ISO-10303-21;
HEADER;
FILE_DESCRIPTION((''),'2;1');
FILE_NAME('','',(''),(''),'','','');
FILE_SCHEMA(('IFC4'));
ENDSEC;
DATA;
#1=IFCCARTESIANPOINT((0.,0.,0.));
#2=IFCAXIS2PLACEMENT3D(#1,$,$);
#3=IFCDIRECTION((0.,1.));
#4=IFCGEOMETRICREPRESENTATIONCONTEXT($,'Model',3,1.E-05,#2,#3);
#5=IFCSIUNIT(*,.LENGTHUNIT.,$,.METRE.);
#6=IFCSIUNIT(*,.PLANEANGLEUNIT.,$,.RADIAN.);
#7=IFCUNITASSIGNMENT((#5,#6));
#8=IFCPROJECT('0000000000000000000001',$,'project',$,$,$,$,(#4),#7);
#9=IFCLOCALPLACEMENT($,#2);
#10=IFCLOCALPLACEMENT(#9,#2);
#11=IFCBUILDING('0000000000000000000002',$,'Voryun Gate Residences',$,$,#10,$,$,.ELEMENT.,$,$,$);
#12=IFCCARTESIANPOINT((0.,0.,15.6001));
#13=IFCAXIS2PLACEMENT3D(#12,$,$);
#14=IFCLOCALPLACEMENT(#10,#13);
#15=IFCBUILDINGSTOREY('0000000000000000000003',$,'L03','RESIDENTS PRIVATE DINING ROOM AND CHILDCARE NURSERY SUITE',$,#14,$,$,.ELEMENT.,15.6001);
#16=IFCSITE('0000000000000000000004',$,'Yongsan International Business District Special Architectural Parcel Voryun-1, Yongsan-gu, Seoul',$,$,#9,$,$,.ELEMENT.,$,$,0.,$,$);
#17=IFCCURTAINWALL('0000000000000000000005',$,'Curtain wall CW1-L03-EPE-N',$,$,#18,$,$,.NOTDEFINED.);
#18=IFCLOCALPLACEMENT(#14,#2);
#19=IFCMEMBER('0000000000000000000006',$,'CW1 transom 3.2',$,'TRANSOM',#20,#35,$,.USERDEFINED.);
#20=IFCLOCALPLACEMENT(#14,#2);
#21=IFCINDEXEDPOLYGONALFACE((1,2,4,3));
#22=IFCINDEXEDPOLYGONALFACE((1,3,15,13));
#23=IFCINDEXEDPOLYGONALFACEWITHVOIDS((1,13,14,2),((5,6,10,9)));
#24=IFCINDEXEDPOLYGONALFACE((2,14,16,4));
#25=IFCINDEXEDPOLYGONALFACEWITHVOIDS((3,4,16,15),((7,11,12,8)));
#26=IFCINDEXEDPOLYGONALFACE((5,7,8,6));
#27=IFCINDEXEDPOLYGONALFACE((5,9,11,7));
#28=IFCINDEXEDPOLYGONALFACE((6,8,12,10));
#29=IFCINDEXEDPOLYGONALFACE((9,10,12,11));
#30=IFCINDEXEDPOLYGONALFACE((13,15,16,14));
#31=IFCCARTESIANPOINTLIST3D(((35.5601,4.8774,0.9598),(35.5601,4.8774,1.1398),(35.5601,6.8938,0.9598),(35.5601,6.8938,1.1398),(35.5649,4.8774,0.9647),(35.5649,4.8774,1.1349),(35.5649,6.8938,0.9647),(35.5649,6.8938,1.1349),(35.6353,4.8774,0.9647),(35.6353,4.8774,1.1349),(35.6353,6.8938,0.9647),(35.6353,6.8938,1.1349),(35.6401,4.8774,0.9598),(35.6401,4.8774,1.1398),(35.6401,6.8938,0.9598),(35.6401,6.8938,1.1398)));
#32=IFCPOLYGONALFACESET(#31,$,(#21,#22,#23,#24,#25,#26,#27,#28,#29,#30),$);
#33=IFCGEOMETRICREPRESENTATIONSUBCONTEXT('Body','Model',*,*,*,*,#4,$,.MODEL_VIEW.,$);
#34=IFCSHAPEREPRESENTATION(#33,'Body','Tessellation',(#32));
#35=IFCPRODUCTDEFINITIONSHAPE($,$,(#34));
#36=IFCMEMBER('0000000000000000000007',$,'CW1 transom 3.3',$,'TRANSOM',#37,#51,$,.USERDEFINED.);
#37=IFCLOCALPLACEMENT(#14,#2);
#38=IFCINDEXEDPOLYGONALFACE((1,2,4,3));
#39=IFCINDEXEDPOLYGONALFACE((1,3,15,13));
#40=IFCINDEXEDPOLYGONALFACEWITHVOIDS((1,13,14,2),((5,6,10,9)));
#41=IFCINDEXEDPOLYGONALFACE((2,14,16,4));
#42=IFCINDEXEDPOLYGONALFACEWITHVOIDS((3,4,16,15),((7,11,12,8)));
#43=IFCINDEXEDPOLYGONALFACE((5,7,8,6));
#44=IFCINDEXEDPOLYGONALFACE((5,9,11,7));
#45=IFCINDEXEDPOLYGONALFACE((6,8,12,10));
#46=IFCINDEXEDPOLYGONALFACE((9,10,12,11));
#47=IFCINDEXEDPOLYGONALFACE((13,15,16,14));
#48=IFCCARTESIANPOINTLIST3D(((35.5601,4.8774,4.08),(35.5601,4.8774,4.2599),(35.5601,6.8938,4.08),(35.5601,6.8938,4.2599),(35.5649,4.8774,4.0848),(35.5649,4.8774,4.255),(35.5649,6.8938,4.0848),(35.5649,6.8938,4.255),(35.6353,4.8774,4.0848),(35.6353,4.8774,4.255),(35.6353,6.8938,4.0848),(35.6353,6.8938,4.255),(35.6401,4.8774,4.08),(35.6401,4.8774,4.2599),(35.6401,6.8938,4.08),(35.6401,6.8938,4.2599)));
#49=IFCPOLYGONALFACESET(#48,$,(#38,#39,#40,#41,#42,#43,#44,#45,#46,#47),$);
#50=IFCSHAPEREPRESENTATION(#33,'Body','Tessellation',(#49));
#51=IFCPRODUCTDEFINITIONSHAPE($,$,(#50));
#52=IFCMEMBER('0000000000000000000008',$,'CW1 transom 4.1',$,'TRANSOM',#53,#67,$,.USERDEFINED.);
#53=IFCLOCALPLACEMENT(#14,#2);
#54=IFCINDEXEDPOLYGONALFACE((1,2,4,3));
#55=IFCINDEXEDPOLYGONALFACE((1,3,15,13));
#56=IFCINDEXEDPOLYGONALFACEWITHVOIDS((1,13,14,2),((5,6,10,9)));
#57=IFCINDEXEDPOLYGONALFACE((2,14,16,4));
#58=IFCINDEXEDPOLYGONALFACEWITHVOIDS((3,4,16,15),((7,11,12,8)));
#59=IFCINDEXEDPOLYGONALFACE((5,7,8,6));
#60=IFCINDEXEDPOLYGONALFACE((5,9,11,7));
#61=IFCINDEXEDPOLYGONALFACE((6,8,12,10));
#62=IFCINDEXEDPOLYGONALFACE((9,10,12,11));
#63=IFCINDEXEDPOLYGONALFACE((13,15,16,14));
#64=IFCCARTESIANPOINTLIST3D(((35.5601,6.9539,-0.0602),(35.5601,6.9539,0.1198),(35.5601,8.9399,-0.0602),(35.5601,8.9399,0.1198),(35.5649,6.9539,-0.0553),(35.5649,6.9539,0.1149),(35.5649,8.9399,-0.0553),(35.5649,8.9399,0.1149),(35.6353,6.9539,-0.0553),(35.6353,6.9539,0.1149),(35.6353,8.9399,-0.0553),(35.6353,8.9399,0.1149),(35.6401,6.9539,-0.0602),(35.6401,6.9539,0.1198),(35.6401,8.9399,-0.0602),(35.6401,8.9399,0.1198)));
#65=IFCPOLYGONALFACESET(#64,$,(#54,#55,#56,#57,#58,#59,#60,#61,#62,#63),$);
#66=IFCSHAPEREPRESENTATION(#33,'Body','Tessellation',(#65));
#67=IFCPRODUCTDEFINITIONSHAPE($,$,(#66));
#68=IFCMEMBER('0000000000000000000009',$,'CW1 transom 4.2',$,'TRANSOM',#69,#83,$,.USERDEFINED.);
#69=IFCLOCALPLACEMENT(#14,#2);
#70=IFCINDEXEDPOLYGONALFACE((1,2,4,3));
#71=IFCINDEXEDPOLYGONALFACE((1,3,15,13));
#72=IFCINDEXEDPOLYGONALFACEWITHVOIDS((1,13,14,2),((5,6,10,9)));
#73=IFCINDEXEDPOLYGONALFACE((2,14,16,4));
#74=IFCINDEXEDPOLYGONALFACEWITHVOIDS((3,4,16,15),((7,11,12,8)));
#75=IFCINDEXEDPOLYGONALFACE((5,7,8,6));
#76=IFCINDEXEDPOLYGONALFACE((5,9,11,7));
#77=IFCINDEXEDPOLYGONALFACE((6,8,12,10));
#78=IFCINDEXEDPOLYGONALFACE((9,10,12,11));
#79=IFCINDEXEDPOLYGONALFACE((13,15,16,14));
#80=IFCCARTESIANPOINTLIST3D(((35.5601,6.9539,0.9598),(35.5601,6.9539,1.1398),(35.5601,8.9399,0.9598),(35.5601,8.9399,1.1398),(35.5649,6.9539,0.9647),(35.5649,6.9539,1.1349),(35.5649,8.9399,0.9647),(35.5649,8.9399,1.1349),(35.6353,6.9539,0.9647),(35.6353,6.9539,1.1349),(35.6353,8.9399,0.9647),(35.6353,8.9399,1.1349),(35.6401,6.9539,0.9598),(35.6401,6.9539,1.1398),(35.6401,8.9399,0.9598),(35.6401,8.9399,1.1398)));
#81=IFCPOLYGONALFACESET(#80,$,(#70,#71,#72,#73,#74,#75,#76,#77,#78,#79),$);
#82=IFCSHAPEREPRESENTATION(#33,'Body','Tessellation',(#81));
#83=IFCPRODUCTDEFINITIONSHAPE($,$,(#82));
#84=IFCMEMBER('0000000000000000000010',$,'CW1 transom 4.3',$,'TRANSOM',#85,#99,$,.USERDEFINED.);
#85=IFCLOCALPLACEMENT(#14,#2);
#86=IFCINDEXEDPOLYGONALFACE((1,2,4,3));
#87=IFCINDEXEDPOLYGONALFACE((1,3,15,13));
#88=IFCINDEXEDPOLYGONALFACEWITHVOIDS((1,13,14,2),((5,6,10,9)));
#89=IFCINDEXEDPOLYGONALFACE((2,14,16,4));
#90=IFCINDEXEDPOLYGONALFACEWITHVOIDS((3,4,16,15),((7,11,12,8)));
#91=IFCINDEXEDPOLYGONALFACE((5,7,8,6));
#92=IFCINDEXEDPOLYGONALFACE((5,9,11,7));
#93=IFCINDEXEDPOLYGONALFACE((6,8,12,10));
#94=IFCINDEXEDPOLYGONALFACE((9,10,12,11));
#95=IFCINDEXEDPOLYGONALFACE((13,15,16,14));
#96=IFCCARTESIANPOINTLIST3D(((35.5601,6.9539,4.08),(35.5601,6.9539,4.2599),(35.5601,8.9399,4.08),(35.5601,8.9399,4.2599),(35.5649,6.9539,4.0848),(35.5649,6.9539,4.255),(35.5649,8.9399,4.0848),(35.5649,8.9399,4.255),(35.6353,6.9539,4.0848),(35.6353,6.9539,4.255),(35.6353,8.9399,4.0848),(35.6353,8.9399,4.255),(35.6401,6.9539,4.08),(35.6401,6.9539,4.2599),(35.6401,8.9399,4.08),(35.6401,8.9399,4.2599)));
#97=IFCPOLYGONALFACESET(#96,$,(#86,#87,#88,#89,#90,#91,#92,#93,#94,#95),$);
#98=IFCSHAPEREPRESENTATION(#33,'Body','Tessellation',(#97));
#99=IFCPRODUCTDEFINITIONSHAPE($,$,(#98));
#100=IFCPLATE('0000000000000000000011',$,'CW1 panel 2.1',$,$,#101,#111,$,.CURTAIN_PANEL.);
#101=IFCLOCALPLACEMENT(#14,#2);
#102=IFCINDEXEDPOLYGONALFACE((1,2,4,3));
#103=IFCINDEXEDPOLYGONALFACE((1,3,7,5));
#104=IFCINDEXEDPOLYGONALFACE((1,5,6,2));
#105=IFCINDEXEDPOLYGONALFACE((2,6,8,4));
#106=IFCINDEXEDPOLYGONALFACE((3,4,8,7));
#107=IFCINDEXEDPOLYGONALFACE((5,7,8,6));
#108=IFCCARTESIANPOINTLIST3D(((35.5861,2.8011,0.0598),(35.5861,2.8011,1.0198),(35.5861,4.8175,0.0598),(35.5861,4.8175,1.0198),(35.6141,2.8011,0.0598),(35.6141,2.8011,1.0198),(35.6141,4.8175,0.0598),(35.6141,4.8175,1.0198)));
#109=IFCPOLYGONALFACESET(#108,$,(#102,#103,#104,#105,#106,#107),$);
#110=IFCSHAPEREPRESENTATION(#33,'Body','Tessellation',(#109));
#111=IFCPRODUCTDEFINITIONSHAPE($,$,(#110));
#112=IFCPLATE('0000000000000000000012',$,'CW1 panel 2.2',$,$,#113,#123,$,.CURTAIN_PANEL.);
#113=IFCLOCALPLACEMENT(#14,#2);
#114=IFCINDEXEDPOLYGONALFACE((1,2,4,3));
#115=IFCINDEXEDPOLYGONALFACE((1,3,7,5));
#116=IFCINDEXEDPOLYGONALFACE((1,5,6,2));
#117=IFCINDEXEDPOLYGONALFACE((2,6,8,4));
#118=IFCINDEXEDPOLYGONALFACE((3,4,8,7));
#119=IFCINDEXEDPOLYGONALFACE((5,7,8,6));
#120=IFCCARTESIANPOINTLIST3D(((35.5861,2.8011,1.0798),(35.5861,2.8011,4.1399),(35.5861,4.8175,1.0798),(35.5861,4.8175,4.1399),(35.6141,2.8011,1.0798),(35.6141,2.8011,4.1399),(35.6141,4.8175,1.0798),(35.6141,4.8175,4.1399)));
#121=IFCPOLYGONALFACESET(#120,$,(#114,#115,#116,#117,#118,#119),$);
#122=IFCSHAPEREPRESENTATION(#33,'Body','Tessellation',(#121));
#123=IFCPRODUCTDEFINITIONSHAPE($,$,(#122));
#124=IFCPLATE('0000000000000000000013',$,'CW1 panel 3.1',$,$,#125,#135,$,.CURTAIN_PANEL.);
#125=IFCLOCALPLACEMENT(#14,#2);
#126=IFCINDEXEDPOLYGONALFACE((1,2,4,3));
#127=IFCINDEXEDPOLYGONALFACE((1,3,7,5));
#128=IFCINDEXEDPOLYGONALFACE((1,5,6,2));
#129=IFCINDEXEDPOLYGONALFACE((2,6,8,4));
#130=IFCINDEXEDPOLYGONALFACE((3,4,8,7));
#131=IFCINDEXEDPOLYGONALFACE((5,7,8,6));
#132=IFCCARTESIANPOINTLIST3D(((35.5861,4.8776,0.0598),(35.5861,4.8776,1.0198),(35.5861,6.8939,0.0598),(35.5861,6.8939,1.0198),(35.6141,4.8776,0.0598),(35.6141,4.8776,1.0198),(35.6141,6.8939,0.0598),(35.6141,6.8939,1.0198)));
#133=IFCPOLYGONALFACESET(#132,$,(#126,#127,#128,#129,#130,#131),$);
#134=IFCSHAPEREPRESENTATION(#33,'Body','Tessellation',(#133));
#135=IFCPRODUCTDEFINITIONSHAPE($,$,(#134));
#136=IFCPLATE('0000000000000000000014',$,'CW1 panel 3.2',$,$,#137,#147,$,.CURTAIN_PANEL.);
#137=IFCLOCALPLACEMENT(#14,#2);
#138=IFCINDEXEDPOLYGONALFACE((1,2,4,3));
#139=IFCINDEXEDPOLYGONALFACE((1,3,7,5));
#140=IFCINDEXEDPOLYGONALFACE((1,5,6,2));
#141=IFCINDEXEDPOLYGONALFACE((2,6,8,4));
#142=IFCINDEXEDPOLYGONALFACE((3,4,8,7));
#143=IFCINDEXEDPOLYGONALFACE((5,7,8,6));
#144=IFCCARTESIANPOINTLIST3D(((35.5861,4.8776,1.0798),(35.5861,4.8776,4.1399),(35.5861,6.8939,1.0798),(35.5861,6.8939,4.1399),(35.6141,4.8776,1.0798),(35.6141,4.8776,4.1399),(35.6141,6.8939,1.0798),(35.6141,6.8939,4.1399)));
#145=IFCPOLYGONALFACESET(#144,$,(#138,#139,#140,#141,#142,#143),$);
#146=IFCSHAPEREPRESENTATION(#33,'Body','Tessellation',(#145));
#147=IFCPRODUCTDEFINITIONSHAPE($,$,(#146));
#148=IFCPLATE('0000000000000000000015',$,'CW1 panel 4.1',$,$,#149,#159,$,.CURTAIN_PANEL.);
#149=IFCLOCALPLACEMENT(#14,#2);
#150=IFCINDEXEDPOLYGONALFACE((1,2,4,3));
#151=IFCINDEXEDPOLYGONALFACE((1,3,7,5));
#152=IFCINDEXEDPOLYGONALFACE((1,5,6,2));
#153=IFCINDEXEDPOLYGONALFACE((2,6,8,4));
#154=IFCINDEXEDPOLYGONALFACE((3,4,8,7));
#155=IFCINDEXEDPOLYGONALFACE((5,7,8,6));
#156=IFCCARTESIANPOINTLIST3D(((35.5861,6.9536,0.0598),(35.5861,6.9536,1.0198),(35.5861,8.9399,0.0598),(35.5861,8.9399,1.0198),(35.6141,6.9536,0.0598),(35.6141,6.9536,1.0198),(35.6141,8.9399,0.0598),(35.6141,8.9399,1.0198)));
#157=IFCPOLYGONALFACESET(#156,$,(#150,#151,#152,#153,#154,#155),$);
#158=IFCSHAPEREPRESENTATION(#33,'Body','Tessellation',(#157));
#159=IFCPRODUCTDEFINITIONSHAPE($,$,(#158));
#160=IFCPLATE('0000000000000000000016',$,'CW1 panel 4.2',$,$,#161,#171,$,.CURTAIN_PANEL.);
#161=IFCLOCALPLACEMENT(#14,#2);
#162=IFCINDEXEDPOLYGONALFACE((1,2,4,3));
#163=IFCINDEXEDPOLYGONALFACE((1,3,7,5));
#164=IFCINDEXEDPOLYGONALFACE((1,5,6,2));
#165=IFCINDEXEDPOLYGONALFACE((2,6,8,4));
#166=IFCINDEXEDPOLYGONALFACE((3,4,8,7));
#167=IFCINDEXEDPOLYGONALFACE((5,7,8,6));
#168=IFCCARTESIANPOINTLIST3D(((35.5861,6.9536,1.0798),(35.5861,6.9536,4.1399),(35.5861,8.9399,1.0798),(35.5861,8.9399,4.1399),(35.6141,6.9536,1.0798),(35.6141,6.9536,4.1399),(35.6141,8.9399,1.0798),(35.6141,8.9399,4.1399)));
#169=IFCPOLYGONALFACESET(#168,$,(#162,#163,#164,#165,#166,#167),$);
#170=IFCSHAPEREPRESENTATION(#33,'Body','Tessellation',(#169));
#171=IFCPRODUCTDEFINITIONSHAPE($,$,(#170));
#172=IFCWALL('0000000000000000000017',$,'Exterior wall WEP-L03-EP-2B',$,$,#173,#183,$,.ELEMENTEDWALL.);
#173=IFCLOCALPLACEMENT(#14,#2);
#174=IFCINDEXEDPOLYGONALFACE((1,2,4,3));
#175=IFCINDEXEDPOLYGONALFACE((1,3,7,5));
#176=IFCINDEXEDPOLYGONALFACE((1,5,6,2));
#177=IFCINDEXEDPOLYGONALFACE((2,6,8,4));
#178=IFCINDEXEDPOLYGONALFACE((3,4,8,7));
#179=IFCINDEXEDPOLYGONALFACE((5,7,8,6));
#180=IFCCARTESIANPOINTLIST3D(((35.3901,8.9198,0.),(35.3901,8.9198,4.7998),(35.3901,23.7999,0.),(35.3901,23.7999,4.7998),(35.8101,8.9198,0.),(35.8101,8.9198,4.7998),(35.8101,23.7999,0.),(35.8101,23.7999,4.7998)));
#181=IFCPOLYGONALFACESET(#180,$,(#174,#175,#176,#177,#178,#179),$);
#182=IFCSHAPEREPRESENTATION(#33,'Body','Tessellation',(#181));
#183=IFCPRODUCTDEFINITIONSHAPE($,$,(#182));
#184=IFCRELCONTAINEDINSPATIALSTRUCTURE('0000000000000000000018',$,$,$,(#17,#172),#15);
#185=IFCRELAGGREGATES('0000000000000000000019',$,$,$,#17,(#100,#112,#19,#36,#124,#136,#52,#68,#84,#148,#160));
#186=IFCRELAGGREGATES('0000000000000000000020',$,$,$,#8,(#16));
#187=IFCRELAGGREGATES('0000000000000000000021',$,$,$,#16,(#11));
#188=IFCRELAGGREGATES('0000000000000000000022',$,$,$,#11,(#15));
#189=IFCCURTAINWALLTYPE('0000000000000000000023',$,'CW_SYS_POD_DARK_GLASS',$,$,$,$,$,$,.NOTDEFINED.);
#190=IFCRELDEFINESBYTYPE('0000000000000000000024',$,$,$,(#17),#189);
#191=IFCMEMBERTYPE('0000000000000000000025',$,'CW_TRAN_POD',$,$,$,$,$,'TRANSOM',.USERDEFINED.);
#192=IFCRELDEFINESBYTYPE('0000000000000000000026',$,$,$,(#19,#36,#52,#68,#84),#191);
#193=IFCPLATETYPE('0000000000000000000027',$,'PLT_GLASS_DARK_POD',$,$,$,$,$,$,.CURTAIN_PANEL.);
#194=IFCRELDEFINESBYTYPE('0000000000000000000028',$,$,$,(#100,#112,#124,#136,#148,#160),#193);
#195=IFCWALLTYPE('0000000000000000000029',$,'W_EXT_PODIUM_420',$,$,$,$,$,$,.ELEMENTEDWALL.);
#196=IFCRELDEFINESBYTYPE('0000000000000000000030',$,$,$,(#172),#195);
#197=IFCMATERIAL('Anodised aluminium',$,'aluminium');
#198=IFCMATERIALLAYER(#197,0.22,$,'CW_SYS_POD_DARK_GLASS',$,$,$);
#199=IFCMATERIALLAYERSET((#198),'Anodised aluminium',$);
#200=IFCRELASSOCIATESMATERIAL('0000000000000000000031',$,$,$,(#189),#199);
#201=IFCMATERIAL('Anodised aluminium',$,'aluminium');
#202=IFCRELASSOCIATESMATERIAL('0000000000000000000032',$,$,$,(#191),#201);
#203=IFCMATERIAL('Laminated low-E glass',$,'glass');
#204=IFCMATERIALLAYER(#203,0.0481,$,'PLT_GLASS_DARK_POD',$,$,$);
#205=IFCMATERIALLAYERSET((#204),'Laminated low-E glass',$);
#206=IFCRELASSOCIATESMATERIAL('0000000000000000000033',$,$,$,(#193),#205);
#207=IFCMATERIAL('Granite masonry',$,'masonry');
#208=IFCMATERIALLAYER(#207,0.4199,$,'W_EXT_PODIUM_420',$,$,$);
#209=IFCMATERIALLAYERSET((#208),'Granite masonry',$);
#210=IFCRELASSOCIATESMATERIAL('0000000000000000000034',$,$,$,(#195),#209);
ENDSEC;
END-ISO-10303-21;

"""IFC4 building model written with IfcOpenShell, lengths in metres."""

from ifc_helpers import new_model, si_unit, direction, frame, frame_2d, origin, origin_2d, place, context, subcontext, project, spatial, rectangle, hollow_rectangle, extrude, material, layer, layer_set, material_profile, profile_set, type_object, element, aggregate, save


model = new_model("IFC4")

# Units and contexts
model_context = context("Model", 3, precision=1e-05, world=origin(), true_north=direction((0.0, 1.0)))
body_context = subcontext(model_context, "Body", "Model", "MODEL_VIEW")
ifc_project = project(units=[si_unit("LENGTHUNIT", "METRE"), si_unit("PLANEANGLEUNIT", "RADIAN")], contexts=[model_context])

# Site, building, storey
site_placement = place(None, origin())
site = spatial("IfcSite", under=ifc_project, at=site_placement, Name="Yongsan International Business District Special Architectural Parcel Voryun-1, Yongsan-gu, Seoul", CompositionType="ELEMENT", RefElevation=0.0)
building_placement = place(site_placement, origin())
building = spatial("IfcBuilding", under=site, at=building_placement, Name="Voryun Gate Residences", CompositionType="ELEMENT")
storey_placement = place(building_placement, frame((0.0, 0.0, 15.6001)))
storey = spatial("IfcBuildingStorey", under=building, at=storey_placement, Name="L03", Description="RESIDENTS PRIVATE DINING ROOM AND CHILDCARE NURSERY SUITE", CompositionType="ELEMENT", Elevation=15.6001)

# Curtain wall, members, plates
ifc_material_1 = material(Name="Anodised aluminium", Category="aluminium")
ifc_layer_1 = layer(ifc_material_1, 0.22, Name="CW_SYS_POD_DARK_GLASS")
ifc_layer_set_1 = layer_set([ifc_layer_1], Name="Anodised aluminium")
curtain_wall_type = type_object("IfcCurtainWallType", Name="CW_SYS_POD_DARK_GLASS", PredefinedType="NOTDEFINED", material=ifc_layer_set_1)
curtain_wall_placement = place(storey_placement, origin())
curtain_wall = element("IfcCurtainWall", 1, at=curtain_wall_placement, inside=storey, type_object=curtain_wall_type, Name="Curtain wall CW1-L03-EPE-N", PredefinedType="NOTDEFINED")
ifc_material_2 = material(Name="Anodised aluminium", Category="aluminium")
ifc_material_profile_1 = material_profile(ifc_material_2, hollow_rectangle(XDim=0.0801, YDim=0.1799, WallThickness=0.0049, at=origin_2d()), Name="ALU-TRAN-180x80x5")
ifc_profile_set_1 = profile_set([ifc_material_profile_1], Name="Anodised aluminium")
member_type_1 = type_object("IfcMemberType", Name="CW_TRAN_POD", ElementType="TRANSOM", PredefinedType="USERDEFINED", material=ifc_profile_set_1)
member_1_placement = place(storey_placement, frame((35.6001, 4.8774, 1.0498), z_axis=(0.0, 1.0, 0.0), x_axis=(-1.0, 0.0, 0.0)))
member_1 = element("IfcMember", 2, at=member_1_placement, type_object=member_type_1, Name="CW1 transom 3.2", ObjectType="TRANSOM", PredefinedType="USERDEFINED", context=body_context, shape_type="SweptSolid", body=[
    extrude(hollow_rectangle(XDim=0.0801, YDim=0.1799, WallThickness=0.0049, at=origin_2d()), origin(), (0.0, 0.0, 1.0), 2.0164),
])
member_2_placement = place(storey_placement, frame((35.6001, 4.8774, 4.1699), z_axis=(0.0, 1.0, 0.0), x_axis=(-1.0, 0.0, 0.0)))
member_2 = element("IfcMember", 3, at=member_2_placement, type_object=member_type_1, Name="CW1 transom 3.3", ObjectType="TRANSOM", PredefinedType="USERDEFINED", context=body_context, shape_type="SweptSolid", body=[
    extrude(hollow_rectangle(XDim=0.0801, YDim=0.1799, WallThickness=0.0049, at=origin_2d()), origin(), (0.0, 0.0, 1.0), 2.0164),
])
member_3_placement = place(storey_placement, frame((35.6001, 6.9539, 0.0298), z_axis=(0.0, 1.0, 0.0), x_axis=(-1.0, 0.0, 0.0)))
member_3 = element("IfcMember", 4, at=member_3_placement, type_object=member_type_1, Name="CW1 transom 4.1", ObjectType="TRANSOM", PredefinedType="USERDEFINED", context=body_context, shape_type="SweptSolid", body=[
    extrude(hollow_rectangle(XDim=0.0801, YDim=0.1799, WallThickness=0.0049, at=origin_2d()), origin(), (0.0, 0.0, 1.0), 1.9861),
])
member_4_placement = place(storey_placement, frame((35.6001, 6.9539, 1.0498), z_axis=(0.0, 1.0, 0.0), x_axis=(-1.0, 0.0, 0.0)))
member_4 = element("IfcMember", 5, at=member_4_placement, type_object=member_type_1, Name="CW1 transom 4.2", ObjectType="TRANSOM", PredefinedType="USERDEFINED", context=body_context, shape_type="SweptSolid", body=[
    extrude(hollow_rectangle(XDim=0.0801, YDim=0.1799, WallThickness=0.0049, at=origin_2d()), origin(), (0.0, 0.0, 1.0), 1.9861),
])
member_5_placement = place(storey_placement, frame((35.6001, 6.9539, 4.1699), z_axis=(0.0, 1.0, 0.0), x_axis=(-1.0, 0.0, 0.0)))
member_5 = element("IfcMember", 6, at=member_5_placement, type_object=member_type_1, Name="CW1 transom 4.3", ObjectType="TRANSOM", PredefinedType="USERDEFINED", context=body_context, shape_type="SweptSolid", body=[
    extrude(hollow_rectangle(XDim=0.0801, YDim=0.1799, WallThickness=0.0049, at=origin_2d()), origin(), (0.0, 0.0, 1.0), 1.9861),
])
ifc_material_3 = material(Name="Laminated low-E glass", Category="glass")
ifc_layer_2 = layer(ifc_material_3, 0.0481, Name="PLT_GLASS_DARK_POD")
ifc_layer_set_2 = layer_set([ifc_layer_2], Name="Laminated low-E glass")
plate_type = type_object("IfcPlateType", Name="PLT_GLASS_DARK_POD", PredefinedType="CURTAIN_PANEL", material=ifc_layer_set_2)
plate_1_placement = place(storey_placement, frame((35.6001, 3.8093, 0.0598), z_axis=(0.0, 0.0, 1.0), x_axis=(0.0, 1.0, 0.0)))
plate_1 = element("IfcPlate", 7, at=plate_1_placement, type_object=plate_type, Name="CW1 panel 2.1", PredefinedType="CURTAIN_PANEL", context=body_context, shape_type="SweptSolid", body=[
    extrude(rectangle(XDim=2.0164, YDim=0.0281, at=origin_2d()), origin(), (0.0, 0.0, 1.0), 0.96),
])
plate_2_placement = place(storey_placement, frame((35.6001, 3.8093, 1.0798), z_axis=(0.0, 0.0, 1.0), x_axis=(0.0, 1.0, 0.0)))
plate_2 = element("IfcPlate", 8, at=plate_2_placement, type_object=plate_type, Name="CW1 panel 2.2", PredefinedType="CURTAIN_PANEL", context=body_context, shape_type="SweptSolid", body=[
    extrude(rectangle(XDim=2.0164, YDim=0.0281, at=origin_2d()), origin(), (0.0, 0.0, 1.0), 3.0601),
])
plate_3_placement = place(storey_placement, frame((35.6001, 5.8857, 0.0598), z_axis=(0.0, 0.0, 1.0), x_axis=(0.0, 1.0, 0.0)))
plate_3 = element("IfcPlate", 9, at=plate_3_placement, type_object=plate_type, Name="CW1 panel 3.1", PredefinedType="CURTAIN_PANEL", context=body_context, shape_type="SweptSolid", body=[
    extrude(rectangle(XDim=2.0164, YDim=0.0281, at=origin_2d()), origin(), (0.0, 0.0, 1.0), 0.96),
])
plate_4_placement = place(storey_placement, frame((35.6001, 5.8857, 1.0798), z_axis=(0.0, 0.0, 1.0), x_axis=(0.0, 1.0, 0.0)))
plate_4 = element("IfcPlate", 10, at=plate_4_placement, type_object=plate_type, Name="CW1 panel 3.2", PredefinedType="CURTAIN_PANEL", context=body_context, shape_type="SweptSolid", body=[
    extrude(rectangle(XDim=2.0164, YDim=0.0281, at=origin_2d()), origin(), (0.0, 0.0, 1.0), 3.0601),
])
plate_5_placement = place(storey_placement, frame((35.6001, 7.9468, 0.0598), z_axis=(0.0, 0.0, 1.0), x_axis=(0.0, 1.0, 0.0)))
plate_5 = element("IfcPlate", 11, at=plate_5_placement, type_object=plate_type, Name="CW1 panel 4.1", PredefinedType="CURTAIN_PANEL", context=body_context, shape_type="SweptSolid", body=[
    extrude(rectangle(XDim=1.9863, YDim=0.0281, at=origin_2d()), origin(), (0.0, 0.0, 1.0), 0.96),
])
plate_6_placement = place(storey_placement, frame((35.6001, 7.9468, 1.0798), z_axis=(0.0, 0.0, 1.0), x_axis=(0.0, 1.0, 0.0)))
plate_6 = element("IfcPlate", 12, at=plate_6_placement, type_object=plate_type, Name="CW1 panel 4.2", PredefinedType="CURTAIN_PANEL", context=body_context, shape_type="SweptSolid", body=[
    extrude(rectangle(XDim=1.9863, YDim=0.0281, at=origin_2d()), origin(), (0.0, 0.0, 1.0), 3.0601),
])
aggregate(curtain_wall, [plate_1, plate_2, member_1, member_2, plate_3, plate_4, member_3, member_4, member_5, plate_5, plate_6])

# Wall
ifc_material_4 = material(Name="Granite masonry", Category="masonry")
ifc_layer_3 = layer(ifc_material_4, 0.4199, Name="W_EXT_PODIUM_420")
ifc_layer_set_3 = layer_set([ifc_layer_3], Name="Granite masonry")
wall_type_1 = type_object("IfcWallType", Name="W_EXT_PODIUM_420", PredefinedType="ELEMENTEDWALL", material=ifc_layer_set_3)
wall_1_placement = place(storey_placement, frame((35.6001, 8.9199, 0.0), z_axis=(0.0, 0.0, 1.0), x_axis=(0.0, 1.0, 0.0)))
element("IfcWall", 13, at=wall_1_placement, inside=storey, type_object=wall_type_1, Name="Exterior wall WEP-L03-EP-2B", PredefinedType="ELEMENTEDWALL", context=body_context, shape_type="SweptSolid", body=[
    extrude(rectangle(XDim=14.8801, YDim=0.4199, at=frame_2d((7.4399, 0.0))), origin(), (0.0, 0.0, 1.0), 4.7998),
])

save(model, "model.ifc")
